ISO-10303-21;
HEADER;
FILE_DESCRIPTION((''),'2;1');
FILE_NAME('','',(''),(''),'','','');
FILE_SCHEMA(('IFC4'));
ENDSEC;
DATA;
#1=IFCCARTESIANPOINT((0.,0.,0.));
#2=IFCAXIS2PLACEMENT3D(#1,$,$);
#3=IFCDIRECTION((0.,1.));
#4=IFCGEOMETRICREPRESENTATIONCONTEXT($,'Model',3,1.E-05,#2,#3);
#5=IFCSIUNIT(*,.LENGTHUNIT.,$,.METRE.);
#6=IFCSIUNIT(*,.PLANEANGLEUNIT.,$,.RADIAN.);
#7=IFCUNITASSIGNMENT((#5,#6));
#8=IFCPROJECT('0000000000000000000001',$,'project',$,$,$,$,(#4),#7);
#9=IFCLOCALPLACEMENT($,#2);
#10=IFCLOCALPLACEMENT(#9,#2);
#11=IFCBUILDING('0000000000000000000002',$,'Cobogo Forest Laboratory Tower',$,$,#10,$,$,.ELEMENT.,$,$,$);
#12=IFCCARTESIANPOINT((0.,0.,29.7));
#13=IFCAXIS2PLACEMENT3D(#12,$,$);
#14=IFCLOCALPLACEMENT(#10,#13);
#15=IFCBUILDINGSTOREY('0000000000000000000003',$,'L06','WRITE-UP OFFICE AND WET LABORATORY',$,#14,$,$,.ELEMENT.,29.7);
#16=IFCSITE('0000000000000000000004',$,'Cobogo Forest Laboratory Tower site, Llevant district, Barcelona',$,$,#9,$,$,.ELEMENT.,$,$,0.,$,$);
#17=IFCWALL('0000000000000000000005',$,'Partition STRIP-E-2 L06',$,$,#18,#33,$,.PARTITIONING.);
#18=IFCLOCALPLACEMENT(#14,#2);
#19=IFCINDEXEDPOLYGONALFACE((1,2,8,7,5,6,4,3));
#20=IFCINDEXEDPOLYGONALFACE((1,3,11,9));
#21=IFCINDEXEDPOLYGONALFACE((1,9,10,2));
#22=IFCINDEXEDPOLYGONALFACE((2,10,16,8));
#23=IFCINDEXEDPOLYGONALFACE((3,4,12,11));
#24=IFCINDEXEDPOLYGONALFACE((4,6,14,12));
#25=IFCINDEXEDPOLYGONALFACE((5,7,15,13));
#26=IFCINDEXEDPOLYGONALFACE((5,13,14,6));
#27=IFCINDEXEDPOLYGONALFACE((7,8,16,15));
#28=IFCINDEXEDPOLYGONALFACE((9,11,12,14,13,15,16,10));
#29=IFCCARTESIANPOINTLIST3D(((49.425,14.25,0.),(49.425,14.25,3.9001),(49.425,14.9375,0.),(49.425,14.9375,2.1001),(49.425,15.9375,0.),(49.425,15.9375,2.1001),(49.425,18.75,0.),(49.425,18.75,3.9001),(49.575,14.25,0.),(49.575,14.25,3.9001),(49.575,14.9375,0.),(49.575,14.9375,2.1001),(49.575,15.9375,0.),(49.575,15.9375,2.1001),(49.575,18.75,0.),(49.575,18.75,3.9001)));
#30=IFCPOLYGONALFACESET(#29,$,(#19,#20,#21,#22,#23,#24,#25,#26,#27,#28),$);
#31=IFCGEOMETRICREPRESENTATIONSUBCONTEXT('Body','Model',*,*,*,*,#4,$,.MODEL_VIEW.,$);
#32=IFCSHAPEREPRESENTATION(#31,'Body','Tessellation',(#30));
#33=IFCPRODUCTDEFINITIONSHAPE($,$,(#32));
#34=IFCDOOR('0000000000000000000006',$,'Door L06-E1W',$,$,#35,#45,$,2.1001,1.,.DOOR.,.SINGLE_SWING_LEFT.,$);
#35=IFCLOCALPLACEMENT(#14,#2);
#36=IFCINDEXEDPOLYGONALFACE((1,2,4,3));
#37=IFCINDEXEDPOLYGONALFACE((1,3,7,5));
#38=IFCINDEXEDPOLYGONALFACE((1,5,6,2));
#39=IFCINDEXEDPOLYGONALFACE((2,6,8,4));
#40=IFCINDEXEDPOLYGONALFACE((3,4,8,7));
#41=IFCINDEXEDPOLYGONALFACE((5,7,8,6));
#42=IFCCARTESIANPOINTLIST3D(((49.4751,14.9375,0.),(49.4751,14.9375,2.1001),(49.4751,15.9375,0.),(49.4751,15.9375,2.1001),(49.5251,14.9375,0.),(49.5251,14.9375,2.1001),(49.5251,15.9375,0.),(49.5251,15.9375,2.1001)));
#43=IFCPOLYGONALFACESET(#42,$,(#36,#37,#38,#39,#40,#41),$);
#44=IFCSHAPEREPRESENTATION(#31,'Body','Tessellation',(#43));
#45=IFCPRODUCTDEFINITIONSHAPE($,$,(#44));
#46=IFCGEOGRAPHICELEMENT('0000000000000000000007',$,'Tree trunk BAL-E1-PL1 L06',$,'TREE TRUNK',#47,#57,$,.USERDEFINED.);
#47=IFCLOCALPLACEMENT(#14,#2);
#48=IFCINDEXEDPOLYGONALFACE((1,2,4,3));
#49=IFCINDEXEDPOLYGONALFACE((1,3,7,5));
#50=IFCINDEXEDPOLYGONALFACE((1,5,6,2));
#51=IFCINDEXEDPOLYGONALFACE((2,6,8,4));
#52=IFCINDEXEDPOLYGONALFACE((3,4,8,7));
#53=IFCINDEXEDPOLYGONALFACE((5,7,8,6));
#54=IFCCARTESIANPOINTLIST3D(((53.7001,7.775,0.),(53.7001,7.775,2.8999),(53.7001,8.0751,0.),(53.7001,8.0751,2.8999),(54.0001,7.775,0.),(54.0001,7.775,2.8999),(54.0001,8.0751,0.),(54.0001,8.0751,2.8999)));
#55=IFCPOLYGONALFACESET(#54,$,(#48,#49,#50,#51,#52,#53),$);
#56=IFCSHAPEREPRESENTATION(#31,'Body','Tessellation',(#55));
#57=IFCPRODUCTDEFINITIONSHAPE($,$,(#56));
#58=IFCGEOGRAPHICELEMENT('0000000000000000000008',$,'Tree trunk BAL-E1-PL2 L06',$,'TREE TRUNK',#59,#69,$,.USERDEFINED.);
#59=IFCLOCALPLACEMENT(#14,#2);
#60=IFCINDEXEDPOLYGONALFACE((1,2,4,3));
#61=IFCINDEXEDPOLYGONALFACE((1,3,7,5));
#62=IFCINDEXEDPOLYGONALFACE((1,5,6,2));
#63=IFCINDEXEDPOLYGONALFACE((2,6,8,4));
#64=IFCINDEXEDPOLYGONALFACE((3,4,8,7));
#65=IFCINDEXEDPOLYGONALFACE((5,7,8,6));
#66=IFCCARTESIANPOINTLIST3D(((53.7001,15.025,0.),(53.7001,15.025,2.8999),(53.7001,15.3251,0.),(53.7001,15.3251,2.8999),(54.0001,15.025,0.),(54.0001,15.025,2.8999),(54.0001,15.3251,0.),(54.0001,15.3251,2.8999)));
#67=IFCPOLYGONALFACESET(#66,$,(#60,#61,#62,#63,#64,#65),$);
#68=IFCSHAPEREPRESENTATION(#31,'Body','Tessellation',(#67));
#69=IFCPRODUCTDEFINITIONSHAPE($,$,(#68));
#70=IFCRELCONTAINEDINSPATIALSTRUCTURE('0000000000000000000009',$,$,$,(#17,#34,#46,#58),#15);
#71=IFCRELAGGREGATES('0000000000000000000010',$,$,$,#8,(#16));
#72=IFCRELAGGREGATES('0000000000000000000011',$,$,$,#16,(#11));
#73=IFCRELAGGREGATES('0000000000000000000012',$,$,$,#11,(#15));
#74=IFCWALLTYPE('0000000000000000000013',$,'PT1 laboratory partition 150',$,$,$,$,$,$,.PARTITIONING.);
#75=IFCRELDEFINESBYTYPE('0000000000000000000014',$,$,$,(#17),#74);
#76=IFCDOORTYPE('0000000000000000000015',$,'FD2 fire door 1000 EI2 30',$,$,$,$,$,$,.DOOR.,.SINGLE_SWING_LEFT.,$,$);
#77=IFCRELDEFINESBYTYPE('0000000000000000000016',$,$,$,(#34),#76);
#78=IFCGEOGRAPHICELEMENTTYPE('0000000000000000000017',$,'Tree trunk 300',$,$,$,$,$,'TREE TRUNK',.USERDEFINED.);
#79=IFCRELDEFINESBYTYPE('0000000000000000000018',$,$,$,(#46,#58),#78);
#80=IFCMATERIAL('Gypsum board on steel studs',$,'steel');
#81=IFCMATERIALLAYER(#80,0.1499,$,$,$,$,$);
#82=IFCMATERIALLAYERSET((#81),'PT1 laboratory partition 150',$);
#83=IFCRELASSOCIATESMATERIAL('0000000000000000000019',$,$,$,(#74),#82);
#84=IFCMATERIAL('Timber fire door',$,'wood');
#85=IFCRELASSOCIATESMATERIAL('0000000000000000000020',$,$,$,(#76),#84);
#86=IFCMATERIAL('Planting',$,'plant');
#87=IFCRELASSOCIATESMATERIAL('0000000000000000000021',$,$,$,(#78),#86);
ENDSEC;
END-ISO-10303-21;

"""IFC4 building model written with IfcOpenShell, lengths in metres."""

from ifc_helpers import new_model, si_unit, direction, frame, frame_2d, origin, origin_2d, place, context, subcontext, project, spatial, rectangle, extrude, material, layer, layer_set, type_object, element, fill, save


model = new_model("IFC4")

# Units and contexts
model_context = context("Model", 3, precision=1e-05, world=origin(), true_north=direction((0.0, 1.0)))
body_context = subcontext(model_context, "Body", "Model", "MODEL_VIEW")
ifc_project = project(units=[si_unit("LENGTHUNIT", "METRE"), si_unit("PLANEANGLEUNIT", "RADIAN")], contexts=[model_context])

# Site, building, storey
site_placement = place(None, origin())
site = spatial("IfcSite", under=ifc_project, at=site_placement, Name="Cobogo Forest Laboratory Tower site, Llevant district, Barcelona", CompositionType="ELEMENT", RefElevation=0.0)
building_placement = place(site_placement, origin())
building = spatial("IfcBuilding", under=site, at=building_placement, Name="Cobogo Forest Laboratory Tower", CompositionType="ELEMENT")
storey_placement = place(building_placement, frame((0.0, 0.0, 29.7)))
storey = spatial("IfcBuildingStorey", under=building, at=storey_placement, Name="L06", Description="WRITE-UP OFFICE AND WET LABORATORY", CompositionType="ELEMENT", Elevation=29.7)

# Shared definitions
ifc_material_1 = material(Name="Gypsum board on steel studs", Category="steel")
ifc_layer_1 = layer(ifc_material_1, 0.1499)
ifc_layer_set_1 = layer_set([ifc_layer_1], Name="PT1 laboratory partition 150")
wall_type_1 = type_object("IfcWallType", Name="PT1 laboratory partition 150", PredefinedType="PARTITIONING", material=ifc_layer_set_1)

# Wall, opening, door
wall_1_placement = place(storey_placement, frame((49.5, 14.25, 0.0), z_axis=(0.0, 0.0, 1.0), x_axis=(0.0, 1.0, 0.0)))
wall_1 = element("IfcWall", 1, at=wall_1_placement, inside=storey, type_object=wall_type_1, Name="Partition STRIP-E-2 L06", PredefinedType="PARTITIONING", context=body_context, shape_type="SweptSolid", body=[
    extrude(rectangle(XDim=4.5, YDim=0.1499, at=frame_2d((2.25, 0.0))), origin(), (0.0, 0.0, 1.0), 3.9001),
])
opening_1_placement = place(wall_1_placement, frame((0.6875, 0.0, 0.0)))
opening_1 = element("IfcOpeningElement", 2, at=opening_1_placement, cuts=wall_1, PredefinedType="OPENING", context=body_context, shape_type="SweptSolid", body=[
    extrude(rectangle(XDim=1.0, YDim=2.1001, at=frame_2d((0.5, 1.05))), frame((0.0, 0.085, 0.0), z_axis=(0.0, -1.0, 0.0), x_axis=(1.0, 0.0, 0.0)), (0.0, 0.0, 1.0), 0.1699),
])
ifc_material_2 = material(Name="Timber fire door", Category="wood")
door_type_1 = type_object("IfcDoorType", Name="FD2 fire door 1000 EI2 30", OperationType="SINGLE_SWING_LEFT", PredefinedType="DOOR", material=ifc_material_2)
door_1_placement = place(opening_1_placement, origin())
door_1 = element("IfcDoor", 3, at=door_1_placement, inside=storey, type_object=door_type_1, Name="Door L06-E1W", OperationType="SINGLE_SWING_LEFT", OverallHeight=2.1001, OverallWidth=1.0, PredefinedType="DOOR", context=body_context, shape_type="SweptSolid", body=[
    extrude(rectangle(XDim=1.0, YDim=2.1001, at=frame_2d((0.5, 1.05))), frame((0.0, 0.0249, 0.0), z_axis=(0.0, -1.0, 0.0), x_axis=(1.0, 0.0, 0.0)), (0.0, 0.0, 1.0), 0.05),
])
fill(opening_1, door_1)

# Geographic elements
ifc_material_3 = material(Name="Planting", Category="plant")
geographic_element_type = type_object("IfcGeographicElementType", Name="Tree trunk 300", ElementType="TREE TRUNK", PredefinedType="USERDEFINED", material=ifc_material_3)
for number, where, z_axis, x_axis, name in (
    (4, (53.8501, 7.925, 0.0), (0.0, 0.0, 1.0), (1.0, 0.0, 0.0), "Tree trunk BAL-E1-PL1 L06"),
    (5, (53.8501, 15.175, 0.0), (0.0, 0.0, 1.0), (1.0, 0.0, 0.0), "Tree trunk BAL-E1-PL2 L06"),
):
    element("IfcGeographicElement", number, at=place(storey_placement, frame(where, z_axis=z_axis, x_axis=x_axis)), inside=storey, type_object=geographic_element_type, Name=name, ObjectType="TREE TRUNK", PredefinedType="USERDEFINED", context=body_context, shape_type="SweptSolid", body=[
        extrude(rectangle(XDim=0.3, YDim=0.3, at=origin_2d()), origin(), (0.0, 0.0, 1.0), 2.8999),
    ])

save(model, "model.ifc")
